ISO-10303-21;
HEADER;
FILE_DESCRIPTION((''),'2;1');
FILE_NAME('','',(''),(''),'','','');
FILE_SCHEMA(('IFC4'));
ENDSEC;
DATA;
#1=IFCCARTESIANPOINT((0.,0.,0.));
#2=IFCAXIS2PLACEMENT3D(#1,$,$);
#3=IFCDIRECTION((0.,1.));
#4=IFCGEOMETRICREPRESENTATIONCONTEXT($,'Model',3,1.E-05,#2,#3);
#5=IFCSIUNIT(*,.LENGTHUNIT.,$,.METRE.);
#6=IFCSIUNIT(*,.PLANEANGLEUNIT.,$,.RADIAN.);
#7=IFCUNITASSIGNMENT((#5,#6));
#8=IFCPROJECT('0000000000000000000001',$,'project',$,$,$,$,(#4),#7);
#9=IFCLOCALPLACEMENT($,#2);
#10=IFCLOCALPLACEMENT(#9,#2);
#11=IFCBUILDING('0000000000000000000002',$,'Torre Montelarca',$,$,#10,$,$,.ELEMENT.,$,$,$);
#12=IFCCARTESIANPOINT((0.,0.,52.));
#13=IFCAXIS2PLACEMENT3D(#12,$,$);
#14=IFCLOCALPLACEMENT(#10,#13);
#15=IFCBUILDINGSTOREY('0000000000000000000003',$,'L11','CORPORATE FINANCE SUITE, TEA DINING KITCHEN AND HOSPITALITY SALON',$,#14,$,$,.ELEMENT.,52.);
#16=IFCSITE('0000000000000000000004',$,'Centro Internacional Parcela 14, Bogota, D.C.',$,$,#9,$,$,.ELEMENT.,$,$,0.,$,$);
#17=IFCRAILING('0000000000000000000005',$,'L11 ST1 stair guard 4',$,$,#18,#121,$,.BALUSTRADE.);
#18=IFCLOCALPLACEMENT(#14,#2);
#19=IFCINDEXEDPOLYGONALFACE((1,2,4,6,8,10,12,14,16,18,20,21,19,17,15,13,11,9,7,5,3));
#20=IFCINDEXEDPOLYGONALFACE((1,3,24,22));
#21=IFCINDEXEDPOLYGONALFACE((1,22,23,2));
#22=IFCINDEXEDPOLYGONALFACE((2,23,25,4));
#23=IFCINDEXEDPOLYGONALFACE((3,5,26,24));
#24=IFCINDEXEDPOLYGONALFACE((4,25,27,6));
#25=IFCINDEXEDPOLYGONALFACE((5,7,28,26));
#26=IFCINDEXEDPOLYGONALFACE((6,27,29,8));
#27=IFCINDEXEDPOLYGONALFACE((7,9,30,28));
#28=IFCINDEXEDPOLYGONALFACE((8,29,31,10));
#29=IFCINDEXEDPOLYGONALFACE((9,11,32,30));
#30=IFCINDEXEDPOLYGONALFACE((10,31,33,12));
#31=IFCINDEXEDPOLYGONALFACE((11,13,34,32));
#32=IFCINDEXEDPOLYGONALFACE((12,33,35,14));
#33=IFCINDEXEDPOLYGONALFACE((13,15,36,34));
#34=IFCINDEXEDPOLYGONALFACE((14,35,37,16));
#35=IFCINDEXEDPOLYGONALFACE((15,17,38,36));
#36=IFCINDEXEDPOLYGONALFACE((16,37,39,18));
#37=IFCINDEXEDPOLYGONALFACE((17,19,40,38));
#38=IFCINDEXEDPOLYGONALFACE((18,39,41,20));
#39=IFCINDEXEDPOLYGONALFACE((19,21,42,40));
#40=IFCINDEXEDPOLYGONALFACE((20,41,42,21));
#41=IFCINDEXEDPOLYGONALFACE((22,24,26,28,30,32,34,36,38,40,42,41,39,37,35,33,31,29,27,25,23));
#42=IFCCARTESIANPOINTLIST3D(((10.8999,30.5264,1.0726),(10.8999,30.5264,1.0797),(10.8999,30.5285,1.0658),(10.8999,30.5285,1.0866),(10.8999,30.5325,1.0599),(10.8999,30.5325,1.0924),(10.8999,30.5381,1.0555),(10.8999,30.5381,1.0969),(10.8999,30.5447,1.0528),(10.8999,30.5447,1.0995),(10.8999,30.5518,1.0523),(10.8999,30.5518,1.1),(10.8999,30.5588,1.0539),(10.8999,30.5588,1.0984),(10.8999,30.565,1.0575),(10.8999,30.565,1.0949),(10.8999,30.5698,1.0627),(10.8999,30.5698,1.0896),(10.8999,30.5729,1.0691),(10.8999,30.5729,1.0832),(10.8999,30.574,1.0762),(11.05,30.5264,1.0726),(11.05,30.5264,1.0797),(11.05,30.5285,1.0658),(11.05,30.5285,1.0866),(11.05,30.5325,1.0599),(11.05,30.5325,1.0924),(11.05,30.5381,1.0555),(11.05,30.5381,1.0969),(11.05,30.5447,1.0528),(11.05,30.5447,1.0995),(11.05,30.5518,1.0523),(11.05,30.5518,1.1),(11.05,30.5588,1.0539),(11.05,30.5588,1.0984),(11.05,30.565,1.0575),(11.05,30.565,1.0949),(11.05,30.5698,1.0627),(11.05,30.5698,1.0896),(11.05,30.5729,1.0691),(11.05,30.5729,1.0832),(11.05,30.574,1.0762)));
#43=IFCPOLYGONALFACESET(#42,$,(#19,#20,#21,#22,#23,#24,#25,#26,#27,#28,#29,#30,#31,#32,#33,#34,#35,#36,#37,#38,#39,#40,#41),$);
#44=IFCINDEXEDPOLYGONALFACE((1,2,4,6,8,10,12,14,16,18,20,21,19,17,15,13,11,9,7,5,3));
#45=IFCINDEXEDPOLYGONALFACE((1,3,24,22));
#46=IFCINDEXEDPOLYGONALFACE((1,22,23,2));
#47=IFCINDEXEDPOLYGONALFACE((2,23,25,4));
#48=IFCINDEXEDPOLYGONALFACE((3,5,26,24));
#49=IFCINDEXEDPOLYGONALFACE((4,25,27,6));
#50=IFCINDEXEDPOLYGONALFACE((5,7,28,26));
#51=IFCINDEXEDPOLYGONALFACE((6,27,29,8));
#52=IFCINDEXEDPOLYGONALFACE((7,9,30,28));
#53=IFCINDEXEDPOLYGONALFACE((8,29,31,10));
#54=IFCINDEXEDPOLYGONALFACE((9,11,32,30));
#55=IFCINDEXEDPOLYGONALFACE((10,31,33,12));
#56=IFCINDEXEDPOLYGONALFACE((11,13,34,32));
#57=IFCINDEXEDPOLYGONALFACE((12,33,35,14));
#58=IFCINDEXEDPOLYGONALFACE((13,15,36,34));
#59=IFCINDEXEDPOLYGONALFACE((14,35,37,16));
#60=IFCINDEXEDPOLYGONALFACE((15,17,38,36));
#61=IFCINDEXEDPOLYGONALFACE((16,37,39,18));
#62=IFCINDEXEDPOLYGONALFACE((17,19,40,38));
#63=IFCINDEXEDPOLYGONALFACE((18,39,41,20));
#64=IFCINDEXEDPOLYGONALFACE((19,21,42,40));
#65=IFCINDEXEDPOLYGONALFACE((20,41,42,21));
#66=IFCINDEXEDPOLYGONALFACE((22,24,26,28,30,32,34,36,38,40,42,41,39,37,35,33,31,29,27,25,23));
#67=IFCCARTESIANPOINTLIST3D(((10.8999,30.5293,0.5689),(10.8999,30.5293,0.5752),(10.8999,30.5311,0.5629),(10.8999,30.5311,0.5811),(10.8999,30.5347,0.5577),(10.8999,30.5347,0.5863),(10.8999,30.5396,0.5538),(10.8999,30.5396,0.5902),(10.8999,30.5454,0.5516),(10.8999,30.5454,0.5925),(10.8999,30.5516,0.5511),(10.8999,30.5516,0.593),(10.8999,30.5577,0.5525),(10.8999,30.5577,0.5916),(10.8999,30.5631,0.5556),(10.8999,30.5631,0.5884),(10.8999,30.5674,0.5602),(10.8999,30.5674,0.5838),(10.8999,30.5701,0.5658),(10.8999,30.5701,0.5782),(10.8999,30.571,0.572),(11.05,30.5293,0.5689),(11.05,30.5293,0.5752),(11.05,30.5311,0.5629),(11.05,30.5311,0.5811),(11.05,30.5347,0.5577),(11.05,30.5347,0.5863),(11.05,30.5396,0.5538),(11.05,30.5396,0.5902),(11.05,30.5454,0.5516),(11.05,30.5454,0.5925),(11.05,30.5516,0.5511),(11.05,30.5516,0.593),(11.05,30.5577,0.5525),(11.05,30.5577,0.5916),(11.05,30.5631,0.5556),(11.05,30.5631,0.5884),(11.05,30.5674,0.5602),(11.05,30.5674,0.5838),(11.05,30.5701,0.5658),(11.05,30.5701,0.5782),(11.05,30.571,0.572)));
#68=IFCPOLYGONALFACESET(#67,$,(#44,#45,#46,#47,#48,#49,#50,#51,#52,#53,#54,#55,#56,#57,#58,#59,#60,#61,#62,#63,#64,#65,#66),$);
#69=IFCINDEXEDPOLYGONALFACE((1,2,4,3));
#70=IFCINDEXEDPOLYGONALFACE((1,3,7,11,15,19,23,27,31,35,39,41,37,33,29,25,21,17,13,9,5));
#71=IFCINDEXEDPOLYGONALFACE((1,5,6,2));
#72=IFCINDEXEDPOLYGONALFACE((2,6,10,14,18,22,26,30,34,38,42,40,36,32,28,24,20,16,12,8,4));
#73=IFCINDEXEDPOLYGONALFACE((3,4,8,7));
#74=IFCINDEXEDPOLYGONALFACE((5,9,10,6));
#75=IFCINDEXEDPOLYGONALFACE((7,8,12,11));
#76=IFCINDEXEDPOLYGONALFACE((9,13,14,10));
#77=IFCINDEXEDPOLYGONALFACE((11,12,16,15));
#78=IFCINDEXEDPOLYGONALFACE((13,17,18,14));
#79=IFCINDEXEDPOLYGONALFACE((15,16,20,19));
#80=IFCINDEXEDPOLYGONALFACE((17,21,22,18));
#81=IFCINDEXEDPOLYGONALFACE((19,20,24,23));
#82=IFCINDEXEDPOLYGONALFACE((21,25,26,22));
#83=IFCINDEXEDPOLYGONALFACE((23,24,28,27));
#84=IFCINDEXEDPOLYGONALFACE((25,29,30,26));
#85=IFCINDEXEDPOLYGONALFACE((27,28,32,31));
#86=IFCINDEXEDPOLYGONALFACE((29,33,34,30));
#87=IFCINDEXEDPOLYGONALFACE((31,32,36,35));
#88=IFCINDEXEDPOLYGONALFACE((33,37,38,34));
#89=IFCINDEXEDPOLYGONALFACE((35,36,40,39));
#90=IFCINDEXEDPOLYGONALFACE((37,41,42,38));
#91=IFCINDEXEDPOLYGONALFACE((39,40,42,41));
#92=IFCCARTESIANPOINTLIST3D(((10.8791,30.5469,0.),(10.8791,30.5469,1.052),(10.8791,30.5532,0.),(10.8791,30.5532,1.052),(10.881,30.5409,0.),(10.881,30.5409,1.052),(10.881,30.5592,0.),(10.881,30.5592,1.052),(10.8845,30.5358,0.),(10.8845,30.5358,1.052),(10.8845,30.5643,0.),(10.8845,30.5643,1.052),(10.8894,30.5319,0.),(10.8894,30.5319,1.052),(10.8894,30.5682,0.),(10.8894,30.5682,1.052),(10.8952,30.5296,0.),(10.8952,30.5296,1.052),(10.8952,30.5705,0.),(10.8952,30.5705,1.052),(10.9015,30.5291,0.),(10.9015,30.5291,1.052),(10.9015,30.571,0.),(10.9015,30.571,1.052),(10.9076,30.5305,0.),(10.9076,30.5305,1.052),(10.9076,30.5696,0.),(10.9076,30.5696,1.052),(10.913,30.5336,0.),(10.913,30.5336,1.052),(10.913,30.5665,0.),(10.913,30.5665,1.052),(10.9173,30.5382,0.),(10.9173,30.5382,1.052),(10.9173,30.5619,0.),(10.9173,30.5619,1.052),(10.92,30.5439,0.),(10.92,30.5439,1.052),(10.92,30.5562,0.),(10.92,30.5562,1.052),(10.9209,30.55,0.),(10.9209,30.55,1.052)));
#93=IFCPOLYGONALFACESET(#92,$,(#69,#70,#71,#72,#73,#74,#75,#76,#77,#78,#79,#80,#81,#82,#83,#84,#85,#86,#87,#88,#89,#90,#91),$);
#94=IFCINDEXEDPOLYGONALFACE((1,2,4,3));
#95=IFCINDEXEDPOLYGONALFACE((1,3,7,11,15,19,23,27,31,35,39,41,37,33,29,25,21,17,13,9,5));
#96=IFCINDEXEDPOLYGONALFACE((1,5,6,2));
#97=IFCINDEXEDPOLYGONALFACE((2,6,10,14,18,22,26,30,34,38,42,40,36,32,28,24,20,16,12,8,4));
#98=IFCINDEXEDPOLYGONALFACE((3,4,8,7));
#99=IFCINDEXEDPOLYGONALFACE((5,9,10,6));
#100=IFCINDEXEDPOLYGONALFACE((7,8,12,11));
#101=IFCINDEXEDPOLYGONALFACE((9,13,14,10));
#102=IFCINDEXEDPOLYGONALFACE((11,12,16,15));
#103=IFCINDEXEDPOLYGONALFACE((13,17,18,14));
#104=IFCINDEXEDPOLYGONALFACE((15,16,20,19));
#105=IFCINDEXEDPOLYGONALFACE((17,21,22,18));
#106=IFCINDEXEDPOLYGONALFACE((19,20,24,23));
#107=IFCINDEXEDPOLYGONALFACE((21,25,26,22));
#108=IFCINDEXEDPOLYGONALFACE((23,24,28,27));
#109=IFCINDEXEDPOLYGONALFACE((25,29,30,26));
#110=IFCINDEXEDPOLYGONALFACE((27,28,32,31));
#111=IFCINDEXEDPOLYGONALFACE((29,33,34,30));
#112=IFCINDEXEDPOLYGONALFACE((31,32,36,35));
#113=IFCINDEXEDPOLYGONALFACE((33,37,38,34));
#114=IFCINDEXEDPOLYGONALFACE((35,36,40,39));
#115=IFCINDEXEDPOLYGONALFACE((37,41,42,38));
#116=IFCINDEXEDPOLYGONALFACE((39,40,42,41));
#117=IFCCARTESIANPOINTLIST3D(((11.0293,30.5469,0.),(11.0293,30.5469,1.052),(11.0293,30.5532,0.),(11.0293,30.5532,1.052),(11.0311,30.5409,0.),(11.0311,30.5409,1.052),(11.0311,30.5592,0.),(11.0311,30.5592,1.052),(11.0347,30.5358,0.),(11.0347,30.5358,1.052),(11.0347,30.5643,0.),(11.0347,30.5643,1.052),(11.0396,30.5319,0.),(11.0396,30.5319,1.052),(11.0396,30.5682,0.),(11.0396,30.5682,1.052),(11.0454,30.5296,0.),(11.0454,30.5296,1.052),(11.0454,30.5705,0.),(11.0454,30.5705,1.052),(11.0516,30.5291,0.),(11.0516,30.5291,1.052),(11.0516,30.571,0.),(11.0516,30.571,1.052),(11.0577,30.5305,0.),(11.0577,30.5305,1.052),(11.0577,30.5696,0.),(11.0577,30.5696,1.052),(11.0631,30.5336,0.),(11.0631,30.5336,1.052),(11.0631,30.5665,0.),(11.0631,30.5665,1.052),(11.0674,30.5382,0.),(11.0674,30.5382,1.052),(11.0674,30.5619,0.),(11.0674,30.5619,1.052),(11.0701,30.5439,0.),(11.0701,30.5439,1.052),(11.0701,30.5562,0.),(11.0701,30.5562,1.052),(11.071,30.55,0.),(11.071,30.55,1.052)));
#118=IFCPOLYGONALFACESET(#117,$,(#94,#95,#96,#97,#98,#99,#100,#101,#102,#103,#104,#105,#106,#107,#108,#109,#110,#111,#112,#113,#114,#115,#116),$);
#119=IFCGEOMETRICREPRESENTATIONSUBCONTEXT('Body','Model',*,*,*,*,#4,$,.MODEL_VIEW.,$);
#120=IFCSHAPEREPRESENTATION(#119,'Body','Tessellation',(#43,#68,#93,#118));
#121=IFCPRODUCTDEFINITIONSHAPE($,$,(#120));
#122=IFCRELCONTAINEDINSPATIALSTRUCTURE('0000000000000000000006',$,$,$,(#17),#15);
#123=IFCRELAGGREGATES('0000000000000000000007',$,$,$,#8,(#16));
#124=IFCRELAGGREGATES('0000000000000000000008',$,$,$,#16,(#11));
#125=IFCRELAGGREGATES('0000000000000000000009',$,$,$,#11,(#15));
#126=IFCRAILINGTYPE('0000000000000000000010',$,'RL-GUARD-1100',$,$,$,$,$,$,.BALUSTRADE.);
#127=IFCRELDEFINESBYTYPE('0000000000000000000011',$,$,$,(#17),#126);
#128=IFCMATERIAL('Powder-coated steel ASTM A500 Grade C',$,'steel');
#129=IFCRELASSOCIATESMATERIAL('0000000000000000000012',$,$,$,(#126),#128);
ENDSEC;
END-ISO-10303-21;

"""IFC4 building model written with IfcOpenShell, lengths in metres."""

from ifc_helpers import new_model, si_unit, direction, frame, origin, origin_2d, place, context, subcontext, project, spatial, circle, extrude, material, type_object, element, save


model = new_model("IFC4")

# Units and contexts
model_context = context("Model", 3, precision=1e-05, world=origin(), true_north=direction((0.0, 1.0)))
body_context = subcontext(model_context, "Body", "Model", "MODEL_VIEW")
ifc_project = project(units=[si_unit("LENGTHUNIT", "METRE"), si_unit("PLANEANGLEUNIT", "RADIAN")], contexts=[model_context])

# Site, building, storey
site_placement = place(None, origin())
site = spatial("IfcSite", under=ifc_project, at=site_placement, Name="Centro Internacional Parcela 14, Bogota, D.C.", CompositionType="ELEMENT", RefElevation=0.0)
building_placement = place(site_placement, origin())
building = spatial("IfcBuilding", under=site, at=building_placement, Name="Torre Montelarca", CompositionType="ELEMENT")
storey_placement = place(building_placement, frame((0.0, 0.0, 52.0)))
storey = spatial("IfcBuildingStorey", under=building, at=storey_placement, Name="L11", Description="CORPORATE FINANCE SUITE, TEA DINING KITCHEN AND HOSPITALITY SALON", CompositionType="ELEMENT", Elevation=52.0)

# Railing
ifc_material_1 = material(Name="Powder-coated steel ASTM A500 Grade C", Category="steel")
railing_type_1 = type_object("IfcRailingType", Name="RL-GUARD-1100", PredefinedType="BALUSTRADE", material=ifc_material_1)
railing_1_placement = place(storey_placement, frame((10.8999, 30.55, 0.0)))
element("IfcRailing", 1, at=railing_1_placement, inside=storey, type_object=railing_type_1, Name="L11 ST1 stair guard 4", PredefinedType="BALUSTRADE", context=body_context, shape_type="SweptSolid", body=[
    extrude(circle(Radius=0.0239, at=origin_2d()), frame((0.0, 0.0, 1.0762), z_axis=(1.0, 0.0, 0.0), x_axis=(0.0, 1.0, 0.0)), (0.0, 0.0, 1.0), 0.1501),
    extrude(circle(Radius=0.021, at=origin_2d()), frame((0.0, 0.0, 0.572), z_axis=(1.0, 0.0, 0.0), x_axis=(0.0, 1.0, 0.0)), (0.0, 0.0, 1.0), 0.1501),
    extrude(circle(Radius=0.021, at=origin_2d()), origin(), (0.0, 0.0, 1.0), 1.052),
    extrude(circle(Radius=0.021, at=origin_2d()), frame((0.1501, 0.0, 0.0)), (0.0, 0.0, 1.0), 1.052),
])

save(model, "model.ifc")
